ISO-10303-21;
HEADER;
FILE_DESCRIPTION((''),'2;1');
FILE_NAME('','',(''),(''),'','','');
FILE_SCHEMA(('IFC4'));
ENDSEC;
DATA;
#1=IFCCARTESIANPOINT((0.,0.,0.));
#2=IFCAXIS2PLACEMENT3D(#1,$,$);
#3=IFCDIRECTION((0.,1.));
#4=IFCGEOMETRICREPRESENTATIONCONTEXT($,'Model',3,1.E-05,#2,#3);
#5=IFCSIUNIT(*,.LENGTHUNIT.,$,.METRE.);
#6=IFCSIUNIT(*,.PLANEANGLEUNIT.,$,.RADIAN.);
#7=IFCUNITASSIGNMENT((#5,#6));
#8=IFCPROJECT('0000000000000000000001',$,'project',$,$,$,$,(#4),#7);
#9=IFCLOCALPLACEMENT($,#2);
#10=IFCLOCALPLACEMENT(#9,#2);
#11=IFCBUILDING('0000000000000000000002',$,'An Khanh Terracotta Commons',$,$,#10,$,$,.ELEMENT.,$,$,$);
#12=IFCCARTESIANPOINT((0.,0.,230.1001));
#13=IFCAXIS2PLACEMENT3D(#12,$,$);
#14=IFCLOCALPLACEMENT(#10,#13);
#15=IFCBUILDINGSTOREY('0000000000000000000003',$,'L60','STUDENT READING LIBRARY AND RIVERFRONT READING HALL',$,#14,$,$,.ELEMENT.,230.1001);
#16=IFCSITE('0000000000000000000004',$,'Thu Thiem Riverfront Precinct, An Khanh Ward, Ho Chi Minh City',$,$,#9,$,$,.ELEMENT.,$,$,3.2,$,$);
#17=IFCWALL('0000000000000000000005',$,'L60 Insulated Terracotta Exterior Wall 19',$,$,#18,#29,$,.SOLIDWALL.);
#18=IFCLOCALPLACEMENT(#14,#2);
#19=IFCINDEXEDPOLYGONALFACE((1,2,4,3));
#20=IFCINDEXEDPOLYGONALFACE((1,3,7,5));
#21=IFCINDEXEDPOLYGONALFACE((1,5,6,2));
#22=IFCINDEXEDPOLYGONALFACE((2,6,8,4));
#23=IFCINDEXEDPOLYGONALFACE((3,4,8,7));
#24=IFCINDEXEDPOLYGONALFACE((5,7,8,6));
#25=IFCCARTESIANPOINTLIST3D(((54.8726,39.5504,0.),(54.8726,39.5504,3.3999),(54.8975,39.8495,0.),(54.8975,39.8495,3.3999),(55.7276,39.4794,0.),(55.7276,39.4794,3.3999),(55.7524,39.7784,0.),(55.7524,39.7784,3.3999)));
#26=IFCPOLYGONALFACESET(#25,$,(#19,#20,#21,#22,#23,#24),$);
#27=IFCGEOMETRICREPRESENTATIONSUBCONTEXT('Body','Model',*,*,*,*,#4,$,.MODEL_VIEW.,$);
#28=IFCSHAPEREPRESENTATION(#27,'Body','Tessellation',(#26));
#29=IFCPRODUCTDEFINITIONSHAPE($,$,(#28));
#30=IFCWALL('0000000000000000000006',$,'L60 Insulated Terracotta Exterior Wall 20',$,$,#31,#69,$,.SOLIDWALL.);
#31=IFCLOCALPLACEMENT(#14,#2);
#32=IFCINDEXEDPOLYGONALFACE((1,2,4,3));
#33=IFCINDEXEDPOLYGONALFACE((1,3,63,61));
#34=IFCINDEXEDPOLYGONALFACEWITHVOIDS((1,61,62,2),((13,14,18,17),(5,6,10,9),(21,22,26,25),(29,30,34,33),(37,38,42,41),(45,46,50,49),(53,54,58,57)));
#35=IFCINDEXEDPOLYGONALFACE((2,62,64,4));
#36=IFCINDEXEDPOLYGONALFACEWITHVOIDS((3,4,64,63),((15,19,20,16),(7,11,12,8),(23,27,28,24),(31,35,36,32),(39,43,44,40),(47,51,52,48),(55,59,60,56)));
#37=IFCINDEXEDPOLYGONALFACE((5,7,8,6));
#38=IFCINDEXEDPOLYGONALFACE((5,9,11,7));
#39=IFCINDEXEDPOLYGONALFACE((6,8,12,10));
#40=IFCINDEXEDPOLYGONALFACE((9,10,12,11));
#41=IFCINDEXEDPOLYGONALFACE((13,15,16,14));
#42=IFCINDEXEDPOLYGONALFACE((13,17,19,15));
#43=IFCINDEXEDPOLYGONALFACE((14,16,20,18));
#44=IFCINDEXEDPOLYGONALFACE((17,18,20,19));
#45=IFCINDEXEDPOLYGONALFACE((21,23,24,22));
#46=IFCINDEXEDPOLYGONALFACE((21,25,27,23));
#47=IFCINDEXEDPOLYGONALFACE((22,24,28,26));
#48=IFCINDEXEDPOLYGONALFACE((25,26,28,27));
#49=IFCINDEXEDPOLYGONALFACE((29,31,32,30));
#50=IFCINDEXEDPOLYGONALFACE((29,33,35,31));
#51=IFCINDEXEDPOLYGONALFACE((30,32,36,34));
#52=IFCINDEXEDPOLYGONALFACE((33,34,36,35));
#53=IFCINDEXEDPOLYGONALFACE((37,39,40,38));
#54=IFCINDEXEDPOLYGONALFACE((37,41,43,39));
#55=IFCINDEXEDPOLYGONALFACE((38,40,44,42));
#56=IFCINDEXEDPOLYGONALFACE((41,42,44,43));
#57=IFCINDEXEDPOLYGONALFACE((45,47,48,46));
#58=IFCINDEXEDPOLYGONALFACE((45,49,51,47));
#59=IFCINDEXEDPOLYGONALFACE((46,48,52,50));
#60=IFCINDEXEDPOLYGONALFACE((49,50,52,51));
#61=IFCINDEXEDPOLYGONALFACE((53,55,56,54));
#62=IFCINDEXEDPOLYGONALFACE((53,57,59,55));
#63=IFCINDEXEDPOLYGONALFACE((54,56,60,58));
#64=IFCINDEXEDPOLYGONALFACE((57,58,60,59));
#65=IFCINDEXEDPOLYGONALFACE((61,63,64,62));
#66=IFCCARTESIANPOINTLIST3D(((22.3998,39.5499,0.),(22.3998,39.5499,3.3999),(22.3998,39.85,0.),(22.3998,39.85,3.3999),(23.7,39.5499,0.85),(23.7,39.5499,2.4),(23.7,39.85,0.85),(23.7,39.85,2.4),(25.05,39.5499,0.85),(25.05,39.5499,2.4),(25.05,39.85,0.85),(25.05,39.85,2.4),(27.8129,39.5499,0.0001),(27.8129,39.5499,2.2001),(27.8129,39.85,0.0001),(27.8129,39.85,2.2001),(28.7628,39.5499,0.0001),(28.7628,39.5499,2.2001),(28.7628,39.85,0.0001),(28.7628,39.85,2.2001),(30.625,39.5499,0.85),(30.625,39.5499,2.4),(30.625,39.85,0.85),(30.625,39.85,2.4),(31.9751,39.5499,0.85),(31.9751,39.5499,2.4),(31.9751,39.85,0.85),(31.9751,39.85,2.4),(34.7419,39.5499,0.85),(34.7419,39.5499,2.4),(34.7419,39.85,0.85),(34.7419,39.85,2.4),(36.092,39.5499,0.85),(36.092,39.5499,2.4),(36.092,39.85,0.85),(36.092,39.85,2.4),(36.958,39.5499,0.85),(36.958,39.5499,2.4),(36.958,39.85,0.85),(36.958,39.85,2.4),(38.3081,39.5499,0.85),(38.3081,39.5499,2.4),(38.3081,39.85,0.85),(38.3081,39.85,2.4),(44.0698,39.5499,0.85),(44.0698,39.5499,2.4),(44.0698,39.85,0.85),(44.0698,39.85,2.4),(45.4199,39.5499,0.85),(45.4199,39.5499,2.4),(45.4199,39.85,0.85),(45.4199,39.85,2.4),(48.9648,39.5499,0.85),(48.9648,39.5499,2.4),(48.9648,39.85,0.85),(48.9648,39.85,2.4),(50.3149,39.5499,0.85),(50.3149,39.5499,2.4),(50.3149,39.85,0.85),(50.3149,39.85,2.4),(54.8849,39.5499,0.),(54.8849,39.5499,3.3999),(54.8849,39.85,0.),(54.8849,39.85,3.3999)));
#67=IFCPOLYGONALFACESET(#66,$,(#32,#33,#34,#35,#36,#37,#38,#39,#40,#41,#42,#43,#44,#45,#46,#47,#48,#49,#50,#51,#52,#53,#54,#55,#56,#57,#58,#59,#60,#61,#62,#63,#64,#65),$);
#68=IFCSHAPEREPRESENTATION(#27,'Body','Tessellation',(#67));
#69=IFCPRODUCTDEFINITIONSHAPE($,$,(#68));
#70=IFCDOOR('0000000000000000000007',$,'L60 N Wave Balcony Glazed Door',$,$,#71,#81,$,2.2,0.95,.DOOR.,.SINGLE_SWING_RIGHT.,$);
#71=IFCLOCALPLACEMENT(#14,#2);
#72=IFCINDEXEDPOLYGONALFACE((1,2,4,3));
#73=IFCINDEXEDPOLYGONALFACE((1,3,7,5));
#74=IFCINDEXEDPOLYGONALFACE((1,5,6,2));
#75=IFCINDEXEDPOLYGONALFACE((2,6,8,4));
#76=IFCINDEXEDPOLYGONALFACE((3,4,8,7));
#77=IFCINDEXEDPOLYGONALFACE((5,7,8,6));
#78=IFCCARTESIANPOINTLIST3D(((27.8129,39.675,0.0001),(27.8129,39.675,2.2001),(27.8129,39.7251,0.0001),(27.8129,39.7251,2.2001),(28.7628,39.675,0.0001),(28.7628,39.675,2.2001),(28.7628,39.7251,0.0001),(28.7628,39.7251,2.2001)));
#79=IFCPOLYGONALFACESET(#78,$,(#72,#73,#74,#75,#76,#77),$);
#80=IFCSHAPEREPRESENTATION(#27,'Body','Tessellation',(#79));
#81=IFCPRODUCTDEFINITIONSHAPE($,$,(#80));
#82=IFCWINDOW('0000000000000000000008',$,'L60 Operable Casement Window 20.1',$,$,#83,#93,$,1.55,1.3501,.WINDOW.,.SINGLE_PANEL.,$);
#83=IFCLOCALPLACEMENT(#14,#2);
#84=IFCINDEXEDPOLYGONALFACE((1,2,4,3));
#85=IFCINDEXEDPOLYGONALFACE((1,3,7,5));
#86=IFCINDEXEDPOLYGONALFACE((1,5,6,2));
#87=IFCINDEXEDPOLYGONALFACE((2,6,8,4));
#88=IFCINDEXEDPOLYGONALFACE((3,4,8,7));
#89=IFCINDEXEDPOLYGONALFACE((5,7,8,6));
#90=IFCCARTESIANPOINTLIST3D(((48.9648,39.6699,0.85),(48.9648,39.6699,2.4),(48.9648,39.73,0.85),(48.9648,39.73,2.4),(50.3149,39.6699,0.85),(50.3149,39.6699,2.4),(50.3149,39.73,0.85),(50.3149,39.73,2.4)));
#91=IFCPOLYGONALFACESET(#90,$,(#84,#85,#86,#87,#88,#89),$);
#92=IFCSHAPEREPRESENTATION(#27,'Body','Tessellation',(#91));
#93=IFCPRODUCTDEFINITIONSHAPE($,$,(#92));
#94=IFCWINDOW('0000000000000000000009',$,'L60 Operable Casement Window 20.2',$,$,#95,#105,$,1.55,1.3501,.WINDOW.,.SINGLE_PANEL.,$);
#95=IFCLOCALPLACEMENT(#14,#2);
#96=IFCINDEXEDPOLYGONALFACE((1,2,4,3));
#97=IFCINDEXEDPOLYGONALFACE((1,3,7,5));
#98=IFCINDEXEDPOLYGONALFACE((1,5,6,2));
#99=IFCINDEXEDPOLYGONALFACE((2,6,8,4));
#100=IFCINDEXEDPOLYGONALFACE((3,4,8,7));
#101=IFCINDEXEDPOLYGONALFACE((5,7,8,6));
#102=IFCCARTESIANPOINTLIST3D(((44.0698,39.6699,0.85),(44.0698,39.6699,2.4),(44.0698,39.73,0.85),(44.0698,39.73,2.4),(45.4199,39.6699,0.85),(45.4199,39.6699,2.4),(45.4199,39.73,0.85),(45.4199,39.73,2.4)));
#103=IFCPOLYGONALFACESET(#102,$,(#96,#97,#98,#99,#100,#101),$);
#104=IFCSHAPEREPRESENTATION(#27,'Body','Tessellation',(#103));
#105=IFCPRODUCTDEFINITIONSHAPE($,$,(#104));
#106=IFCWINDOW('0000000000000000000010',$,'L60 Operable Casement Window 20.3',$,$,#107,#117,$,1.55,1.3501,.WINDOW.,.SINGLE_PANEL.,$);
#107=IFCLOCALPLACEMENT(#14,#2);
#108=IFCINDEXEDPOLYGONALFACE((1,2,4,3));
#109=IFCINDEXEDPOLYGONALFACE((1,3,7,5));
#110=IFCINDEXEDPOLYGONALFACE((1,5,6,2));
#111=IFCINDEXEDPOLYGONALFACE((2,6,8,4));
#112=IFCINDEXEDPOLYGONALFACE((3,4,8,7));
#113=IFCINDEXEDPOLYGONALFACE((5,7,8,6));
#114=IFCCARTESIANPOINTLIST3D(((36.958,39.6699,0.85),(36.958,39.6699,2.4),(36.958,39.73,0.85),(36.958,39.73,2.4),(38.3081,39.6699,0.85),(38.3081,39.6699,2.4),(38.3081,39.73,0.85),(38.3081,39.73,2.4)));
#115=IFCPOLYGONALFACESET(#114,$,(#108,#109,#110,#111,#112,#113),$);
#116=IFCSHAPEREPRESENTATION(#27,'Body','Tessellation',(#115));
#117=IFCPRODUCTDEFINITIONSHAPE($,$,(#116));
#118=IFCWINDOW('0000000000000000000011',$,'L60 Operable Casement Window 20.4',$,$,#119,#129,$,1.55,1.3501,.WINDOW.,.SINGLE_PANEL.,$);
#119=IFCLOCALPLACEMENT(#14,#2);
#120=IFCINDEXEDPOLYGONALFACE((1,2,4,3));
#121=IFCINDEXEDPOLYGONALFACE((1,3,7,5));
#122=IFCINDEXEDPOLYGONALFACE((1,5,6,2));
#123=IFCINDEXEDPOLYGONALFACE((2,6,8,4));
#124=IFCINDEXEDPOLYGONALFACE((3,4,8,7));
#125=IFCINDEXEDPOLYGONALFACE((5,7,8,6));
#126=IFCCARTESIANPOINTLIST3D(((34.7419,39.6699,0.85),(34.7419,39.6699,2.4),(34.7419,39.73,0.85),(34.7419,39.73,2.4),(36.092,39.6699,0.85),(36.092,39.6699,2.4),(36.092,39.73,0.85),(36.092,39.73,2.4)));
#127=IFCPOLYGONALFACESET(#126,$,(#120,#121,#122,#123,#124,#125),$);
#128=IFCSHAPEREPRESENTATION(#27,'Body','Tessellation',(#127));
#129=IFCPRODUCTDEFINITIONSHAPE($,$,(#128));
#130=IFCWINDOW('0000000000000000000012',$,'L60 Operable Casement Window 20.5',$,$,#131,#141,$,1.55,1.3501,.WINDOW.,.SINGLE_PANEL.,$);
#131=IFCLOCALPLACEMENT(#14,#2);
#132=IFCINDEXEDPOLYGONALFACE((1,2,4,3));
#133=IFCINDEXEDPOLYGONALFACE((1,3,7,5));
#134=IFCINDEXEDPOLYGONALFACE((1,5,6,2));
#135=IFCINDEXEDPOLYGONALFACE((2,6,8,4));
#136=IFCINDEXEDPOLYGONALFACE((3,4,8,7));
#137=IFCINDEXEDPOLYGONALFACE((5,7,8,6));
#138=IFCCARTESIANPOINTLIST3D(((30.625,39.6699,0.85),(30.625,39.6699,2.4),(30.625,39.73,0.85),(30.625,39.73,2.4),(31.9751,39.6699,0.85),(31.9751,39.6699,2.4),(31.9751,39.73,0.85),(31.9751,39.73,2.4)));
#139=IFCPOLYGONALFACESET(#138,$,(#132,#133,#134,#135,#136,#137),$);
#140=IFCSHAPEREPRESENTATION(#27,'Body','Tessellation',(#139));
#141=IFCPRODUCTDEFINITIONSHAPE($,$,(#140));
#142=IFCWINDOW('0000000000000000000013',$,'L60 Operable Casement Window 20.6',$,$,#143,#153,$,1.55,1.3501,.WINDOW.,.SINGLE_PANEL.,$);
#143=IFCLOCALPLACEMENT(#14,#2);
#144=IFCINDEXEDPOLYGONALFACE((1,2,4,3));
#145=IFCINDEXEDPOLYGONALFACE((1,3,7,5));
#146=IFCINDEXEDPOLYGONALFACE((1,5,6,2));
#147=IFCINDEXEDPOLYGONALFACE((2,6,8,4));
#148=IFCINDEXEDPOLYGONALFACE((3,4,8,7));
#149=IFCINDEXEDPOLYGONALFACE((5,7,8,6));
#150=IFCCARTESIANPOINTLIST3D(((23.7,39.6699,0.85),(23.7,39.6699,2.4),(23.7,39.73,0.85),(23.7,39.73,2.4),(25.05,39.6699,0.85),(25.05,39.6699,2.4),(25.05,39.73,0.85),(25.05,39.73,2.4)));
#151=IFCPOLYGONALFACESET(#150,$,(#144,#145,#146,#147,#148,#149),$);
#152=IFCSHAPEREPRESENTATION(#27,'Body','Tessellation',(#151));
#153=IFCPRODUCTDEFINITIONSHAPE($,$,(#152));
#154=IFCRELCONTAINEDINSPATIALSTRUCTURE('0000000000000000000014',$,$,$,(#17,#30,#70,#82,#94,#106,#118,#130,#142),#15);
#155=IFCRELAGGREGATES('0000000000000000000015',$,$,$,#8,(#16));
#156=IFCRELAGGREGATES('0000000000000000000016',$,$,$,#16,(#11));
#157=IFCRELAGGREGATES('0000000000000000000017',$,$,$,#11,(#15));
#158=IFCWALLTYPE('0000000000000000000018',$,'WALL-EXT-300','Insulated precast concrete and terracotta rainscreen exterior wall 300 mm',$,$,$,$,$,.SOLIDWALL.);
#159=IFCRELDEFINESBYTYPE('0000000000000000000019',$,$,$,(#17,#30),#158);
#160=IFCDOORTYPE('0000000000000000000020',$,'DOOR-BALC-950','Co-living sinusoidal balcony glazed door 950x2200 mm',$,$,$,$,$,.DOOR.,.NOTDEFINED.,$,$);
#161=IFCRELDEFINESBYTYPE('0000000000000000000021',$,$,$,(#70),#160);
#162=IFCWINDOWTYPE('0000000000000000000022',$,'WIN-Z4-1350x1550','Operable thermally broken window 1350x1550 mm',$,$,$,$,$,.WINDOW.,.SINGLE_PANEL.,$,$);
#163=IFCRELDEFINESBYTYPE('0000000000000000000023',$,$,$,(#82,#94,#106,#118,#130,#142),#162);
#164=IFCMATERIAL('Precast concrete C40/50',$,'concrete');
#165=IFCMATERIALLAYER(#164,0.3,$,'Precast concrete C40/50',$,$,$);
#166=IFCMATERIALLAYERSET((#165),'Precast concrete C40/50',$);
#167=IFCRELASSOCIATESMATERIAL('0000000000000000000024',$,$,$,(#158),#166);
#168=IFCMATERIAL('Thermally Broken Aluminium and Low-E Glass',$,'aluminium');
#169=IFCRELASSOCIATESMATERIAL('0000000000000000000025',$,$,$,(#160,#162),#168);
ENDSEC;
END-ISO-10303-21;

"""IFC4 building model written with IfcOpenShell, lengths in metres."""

from ifc_helpers import new_model, si_unit, direction, frame, frame_2d, origin, place, context, subcontext, project, spatial, rectangle, extrude, material, layer, layer_set, type_object, element, fill, save


model = new_model("IFC4")

# Units and contexts
model_context = context("Model", 3, precision=1e-05, world=origin(), true_north=direction((0.0, 1.0)))
body_context = subcontext(model_context, "Body", "Model", "MODEL_VIEW")
ifc_project = project(units=[si_unit("LENGTHUNIT", "METRE"), si_unit("PLANEANGLEUNIT", "RADIAN")], contexts=[model_context])

# Site, building, storey
site_placement = place(None, origin())
site = spatial("IfcSite", under=ifc_project, at=site_placement, Name="Thu Thiem Riverfront Precinct, An Khanh Ward, Ho Chi Minh City", CompositionType="ELEMENT", RefElevation=3.2)
building_placement = place(site_placement, origin())
building = spatial("IfcBuilding", under=site, at=building_placement, Name="An Khanh Terracotta Commons", CompositionType="ELEMENT")
storey_placement = place(building_placement, frame((0.0, 0.0, 230.1001)))
storey = spatial("IfcBuildingStorey", under=building, at=storey_placement, Name="L60", Description="STUDENT READING LIBRARY AND RIVERFRONT READING HALL", CompositionType="ELEMENT", Elevation=230.1001)

# Wall
ifc_material_1 = material(Name="Precast concrete C40/50", Category="concrete")
ifc_layer_1 = layer(ifc_material_1, 0.3, Name="Precast concrete C40/50")
ifc_layer_set_1 = layer_set([ifc_layer_1], Name="Precast concrete C40/50")
wall_type = type_object("IfcWallType", Name="WALL-EXT-300", Description="Insulated precast concrete and terracotta rainscreen exterior wall 300 mm", PredefinedType="SOLIDWALL", material=ifc_layer_set_1)
wall_1_placement = place(storey_placement, frame((55.74, 39.6289, 0.0), z_axis=(0.0, 0.0, 1.0), x_axis=(-0.996565, 0.08281, 0.0)))
element("IfcWall", 1, at=wall_1_placement, inside=storey, type_object=wall_type, Name="L60 Insulated Terracotta Exterior Wall 19", PredefinedType="SOLIDWALL", context=body_context, shape_type="SweptSolid", body=[
    extrude(rectangle(XDim=0.8579, YDim=0.3, at=frame_2d((0.429, 0.0))), origin(), (0.0, 0.0, 1.0), 3.3999),
])

# Wall, openings, door, windows
wall_2_placement = place(storey_placement, frame((54.885, 39.7, 0.0), z_axis=(0.0, 0.0, 1.0), x_axis=(-1.0, 0.0, 0.0)))
wall_2 = element("IfcWall", 2, at=wall_2_placement, inside=storey, type_object=wall_type, Name="L60 Insulated Terracotta Exterior Wall 20", PredefinedType="SOLIDWALL", context=body_context, shape_type="SweptSolid", body=[
    extrude(rectangle(XDim=32.4851, YDim=0.3, at=frame_2d((16.2427, 0.0))), origin(), (0.0, 0.0, 1.0), 3.3999),
])
opening_1_placement = place(wall_2_placement, frame((26.1221, 0.0, 0.0)))
opening_1 = element("IfcOpeningElement", 3, at=opening_1_placement, cuts=wall_2, PredefinedType="OPENING", context=body_context, shape_type="SweptSolid", body=[
    extrude(rectangle(XDim=0.95, YDim=2.2, at=frame_2d((0.4751, 1.1001))), frame((0.0, 0.1599, 0.0), z_axis=(0.0, -1.0, 0.0), x_axis=(1.0, 0.0, 0.0)), (0.0, 0.0, 1.0), 0.3201),
])
opening_2_placement = place(wall_2_placement, frame((4.5701, 0.0, 0.8501)))
opening_2 = element("IfcOpeningElement", 4, at=opening_2_placement, cuts=wall_2, PredefinedType="OPENING", context=body_context, shape_type="SweptSolid", body=[
    extrude(rectangle(XDim=1.3501, YDim=1.55, at=frame_2d((0.675, 0.7749))), frame((0.0, 0.1599, 0.0), z_axis=(0.0, -1.0, 0.0), x_axis=(1.0, 0.0, 0.0)), (0.0, 0.0, 1.0), 0.3201),
])
opening_3_placement = place(wall_2_placement, frame((9.4651, 0.0, 0.8501)))
opening_3 = element("IfcOpeningElement", 5, at=opening_3_placement, cuts=wall_2, PredefinedType="OPENING", context=body_context, shape_type="SweptSolid", body=[
    extrude(rectangle(XDim=1.3501, YDim=1.55, at=frame_2d((0.675, 0.7749))), frame((0.0, 0.1599, 0.0), z_axis=(0.0, -1.0, 0.0), x_axis=(1.0, 0.0, 0.0)), (0.0, 0.0, 1.0), 0.3201),
])
opening_4_placement = place(wall_2_placement, frame((16.5769, 0.0, 0.8501)))
opening_4 = element("IfcOpeningElement", 6, at=opening_4_placement, cuts=wall_2, PredefinedType="OPENING", context=body_context, shape_type="SweptSolid", body=[
    extrude(rectangle(XDim=1.3501, YDim=1.55, at=frame_2d((0.675, 0.7749))), frame((0.0, 0.1599, 0.0), z_axis=(0.0, -1.0, 0.0), x_axis=(1.0, 0.0, 0.0)), (0.0, 0.0, 1.0), 0.3201),
])
opening_5_placement = place(wall_2_placement, frame((18.793, 0.0, 0.8501)))
opening_5 = element("IfcOpeningElement", 7, at=opening_5_placement, cuts=wall_2, PredefinedType="OPENING", context=body_context, shape_type="SweptSolid", body=[
    extrude(rectangle(XDim=1.3501, YDim=1.55, at=frame_2d((0.675, 0.7749))), frame((0.0, 0.1599, 0.0), z_axis=(0.0, -1.0, 0.0), x_axis=(1.0, 0.0, 0.0)), (0.0, 0.0, 1.0), 0.3201),
])
opening_6_placement = place(wall_2_placement, frame((22.9099, 0.0, 0.8501)))
opening_6 = element("IfcOpeningElement", 8, at=opening_6_placement, cuts=wall_2, PredefinedType="OPENING", context=body_context, shape_type="SweptSolid", body=[
    extrude(rectangle(XDim=1.3501, YDim=1.55, at=frame_2d((0.675, 0.7749))), frame((0.0, 0.1599, 0.0), z_axis=(0.0, -1.0, 0.0), x_axis=(1.0, 0.0, 0.0)), (0.0, 0.0, 1.0), 0.3201),
])
opening_7_placement = place(wall_2_placement, frame((29.835, 0.0, 0.8501)))
opening_7 = element("IfcOpeningElement", 9, at=opening_7_placement, cuts=wall_2, PredefinedType="OPENING", context=body_context, shape_type="SweptSolid", body=[
    extrude(rectangle(XDim=1.3501, YDim=1.55, at=frame_2d((0.675, 0.7749))), frame((0.0, 0.1599, 0.0), z_axis=(0.0, -1.0, 0.0), x_axis=(1.0, 0.0, 0.0)), (0.0, 0.0, 1.0), 0.3201),
])
ifc_material_2 = material(Name="Thermally Broken Aluminium and Low-E Glass", Category="aluminium")
door_type = type_object("IfcDoorType", Name="DOOR-BALC-950", Description="Co-living sinusoidal balcony glazed door 950x2200 mm", OperationType="NOTDEFINED", PredefinedType="DOOR", material=ifc_material_2)
door_placement = place(opening_1_placement, origin())
door = element("IfcDoor", 10, at=door_placement, inside=storey, type_object=door_type, Name="L60 N Wave Balcony Glazed Door", OperationType="SINGLE_SWING_RIGHT", OverallHeight=2.2, OverallWidth=0.95, PredefinedType="DOOR", context=body_context, shape_type="SweptSolid", body=[
    extrude(rectangle(XDim=0.95, YDim=2.2, at=frame_2d((0.4751, 1.1001))), frame((0.0, 0.0249, 0.0), z_axis=(0.0, -1.0, 0.0), x_axis=(1.0, 0.0, 0.0)), (0.0, 0.0, 1.0), 0.05),
])
fill(opening_1, door)
window_type = type_object("IfcWindowType", Name="WIN-Z4-1350x1550", Description="Operable thermally broken window 1350x1550 mm", PartitioningType="SINGLE_PANEL", PredefinedType="WINDOW", material=ifc_material_2)
window_1_placement = place(opening_2_placement, origin())
window_1 = element("IfcWindow", 11, at=window_1_placement, inside=storey, type_object=window_type, Name="L60 Operable Casement Window 20.1", OverallHeight=1.55, OverallWidth=1.3501, PartitioningType="SINGLE_PANEL", PredefinedType="WINDOW", context=body_context, shape_type="SweptSolid", body=[
    extrude(rectangle(XDim=1.3501, YDim=1.55, at=frame_2d((0.675, 0.7749))), frame((0.0, 0.03, 0.0), z_axis=(0.0, -1.0, 0.0), x_axis=(1.0, 0.0, 0.0)), (0.0, 0.0, 1.0), 0.0601),
])
fill(opening_2, window_1)
window_2_placement = place(opening_3_placement, origin())
window_2 = element("IfcWindow", 12, at=window_2_placement, inside=storey, type_object=window_type, Name="L60 Operable Casement Window 20.2", OverallHeight=1.55, OverallWidth=1.3501, PartitioningType="SINGLE_PANEL", PredefinedType="WINDOW", context=body_context, shape_type="SweptSolid", body=[
    extrude(rectangle(XDim=1.3501, YDim=1.55, at=frame_2d((0.675, 0.7749))), frame((0.0, 0.03, 0.0), z_axis=(0.0, -1.0, 0.0), x_axis=(1.0, 0.0, 0.0)), (0.0, 0.0, 1.0), 0.0601),
])
fill(opening_3, window_2)
window_3_placement = place(opening_4_placement, origin())
window_3 = element("IfcWindow", 13, at=window_3_placement, inside=storey, type_object=window_type, Name="L60 Operable Casement Window 20.3", OverallHeight=1.55, OverallWidth=1.3501, PartitioningType="SINGLE_PANEL", PredefinedType="WINDOW", context=body_context, shape_type="SweptSolid", body=[
    extrude(rectangle(XDim=1.3501, YDim=1.55, at=frame_2d((0.675, 0.7749))), frame((0.0, 0.03, 0.0), z_axis=(0.0, -1.0, 0.0), x_axis=(1.0, 0.0, 0.0)), (0.0, 0.0, 1.0), 0.0601),
])
fill(opening_4, window_3)
window_4_placement = place(opening_5_placement, origin())
window_4 = element("IfcWindow", 14, at=window_4_placement, inside=storey, type_object=window_type, Name="L60 Operable Casement Window 20.4", OverallHeight=1.55, OverallWidth=1.3501, PartitioningType="SINGLE_PANEL", PredefinedType="WINDOW", context=body_context, shape_type="SweptSolid", body=[
    extrude(rectangle(XDim=1.3501, YDim=1.55, at=frame_2d((0.675, 0.7749))), frame((0.0, 0.03, 0.0), z_axis=(0.0, -1.0, 0.0), x_axis=(1.0, 0.0, 0.0)), (0.0, 0.0, 1.0), 0.0601),
])
fill(opening_5, window_4)
window_5_placement = place(opening_6_placement, origin())
window_5 = element("IfcWindow", 15, at=window_5_placement, inside=storey, type_object=window_type, Name="L60 Operable Casement Window 20.5", OverallHeight=1.55, OverallWidth=1.3501, PartitioningType="SINGLE_PANEL", PredefinedType="WINDOW", context=body_context, shape_type="SweptSolid", body=[
    extrude(rectangle(XDim=1.3501, YDim=1.55, at=frame_2d((0.675, 0.7749))), frame((0.0, 0.03, 0.0), z_axis=(0.0, -1.0, 0.0), x_axis=(1.0, 0.0, 0.0)), (0.0, 0.0, 1.0), 0.0601),
])
fill(opening_6, window_5)
window_6_placement = place(opening_7_placement, origin())
window_6 = element("IfcWindow", 16, at=window_6_placement, inside=storey, type_object=window_type, Name="L60 Operable Casement Window 20.6", OverallHeight=1.55, OverallWidth=1.3501, PartitioningType="SINGLE_PANEL", PredefinedType="WINDOW", context=body_context, shape_type="SweptSolid", body=[
    extrude(rectangle(XDim=1.3501, YDim=1.55, at=frame_2d((0.675, 0.7749))), frame((0.0, 0.03, 0.0), z_axis=(0.0, -1.0, 0.0), x_axis=(1.0, 0.0, 0.0)), (0.0, 0.0, 1.0), 0.0601),
])
fill(opening_7, window_6)

save(model, "model.ifc")
